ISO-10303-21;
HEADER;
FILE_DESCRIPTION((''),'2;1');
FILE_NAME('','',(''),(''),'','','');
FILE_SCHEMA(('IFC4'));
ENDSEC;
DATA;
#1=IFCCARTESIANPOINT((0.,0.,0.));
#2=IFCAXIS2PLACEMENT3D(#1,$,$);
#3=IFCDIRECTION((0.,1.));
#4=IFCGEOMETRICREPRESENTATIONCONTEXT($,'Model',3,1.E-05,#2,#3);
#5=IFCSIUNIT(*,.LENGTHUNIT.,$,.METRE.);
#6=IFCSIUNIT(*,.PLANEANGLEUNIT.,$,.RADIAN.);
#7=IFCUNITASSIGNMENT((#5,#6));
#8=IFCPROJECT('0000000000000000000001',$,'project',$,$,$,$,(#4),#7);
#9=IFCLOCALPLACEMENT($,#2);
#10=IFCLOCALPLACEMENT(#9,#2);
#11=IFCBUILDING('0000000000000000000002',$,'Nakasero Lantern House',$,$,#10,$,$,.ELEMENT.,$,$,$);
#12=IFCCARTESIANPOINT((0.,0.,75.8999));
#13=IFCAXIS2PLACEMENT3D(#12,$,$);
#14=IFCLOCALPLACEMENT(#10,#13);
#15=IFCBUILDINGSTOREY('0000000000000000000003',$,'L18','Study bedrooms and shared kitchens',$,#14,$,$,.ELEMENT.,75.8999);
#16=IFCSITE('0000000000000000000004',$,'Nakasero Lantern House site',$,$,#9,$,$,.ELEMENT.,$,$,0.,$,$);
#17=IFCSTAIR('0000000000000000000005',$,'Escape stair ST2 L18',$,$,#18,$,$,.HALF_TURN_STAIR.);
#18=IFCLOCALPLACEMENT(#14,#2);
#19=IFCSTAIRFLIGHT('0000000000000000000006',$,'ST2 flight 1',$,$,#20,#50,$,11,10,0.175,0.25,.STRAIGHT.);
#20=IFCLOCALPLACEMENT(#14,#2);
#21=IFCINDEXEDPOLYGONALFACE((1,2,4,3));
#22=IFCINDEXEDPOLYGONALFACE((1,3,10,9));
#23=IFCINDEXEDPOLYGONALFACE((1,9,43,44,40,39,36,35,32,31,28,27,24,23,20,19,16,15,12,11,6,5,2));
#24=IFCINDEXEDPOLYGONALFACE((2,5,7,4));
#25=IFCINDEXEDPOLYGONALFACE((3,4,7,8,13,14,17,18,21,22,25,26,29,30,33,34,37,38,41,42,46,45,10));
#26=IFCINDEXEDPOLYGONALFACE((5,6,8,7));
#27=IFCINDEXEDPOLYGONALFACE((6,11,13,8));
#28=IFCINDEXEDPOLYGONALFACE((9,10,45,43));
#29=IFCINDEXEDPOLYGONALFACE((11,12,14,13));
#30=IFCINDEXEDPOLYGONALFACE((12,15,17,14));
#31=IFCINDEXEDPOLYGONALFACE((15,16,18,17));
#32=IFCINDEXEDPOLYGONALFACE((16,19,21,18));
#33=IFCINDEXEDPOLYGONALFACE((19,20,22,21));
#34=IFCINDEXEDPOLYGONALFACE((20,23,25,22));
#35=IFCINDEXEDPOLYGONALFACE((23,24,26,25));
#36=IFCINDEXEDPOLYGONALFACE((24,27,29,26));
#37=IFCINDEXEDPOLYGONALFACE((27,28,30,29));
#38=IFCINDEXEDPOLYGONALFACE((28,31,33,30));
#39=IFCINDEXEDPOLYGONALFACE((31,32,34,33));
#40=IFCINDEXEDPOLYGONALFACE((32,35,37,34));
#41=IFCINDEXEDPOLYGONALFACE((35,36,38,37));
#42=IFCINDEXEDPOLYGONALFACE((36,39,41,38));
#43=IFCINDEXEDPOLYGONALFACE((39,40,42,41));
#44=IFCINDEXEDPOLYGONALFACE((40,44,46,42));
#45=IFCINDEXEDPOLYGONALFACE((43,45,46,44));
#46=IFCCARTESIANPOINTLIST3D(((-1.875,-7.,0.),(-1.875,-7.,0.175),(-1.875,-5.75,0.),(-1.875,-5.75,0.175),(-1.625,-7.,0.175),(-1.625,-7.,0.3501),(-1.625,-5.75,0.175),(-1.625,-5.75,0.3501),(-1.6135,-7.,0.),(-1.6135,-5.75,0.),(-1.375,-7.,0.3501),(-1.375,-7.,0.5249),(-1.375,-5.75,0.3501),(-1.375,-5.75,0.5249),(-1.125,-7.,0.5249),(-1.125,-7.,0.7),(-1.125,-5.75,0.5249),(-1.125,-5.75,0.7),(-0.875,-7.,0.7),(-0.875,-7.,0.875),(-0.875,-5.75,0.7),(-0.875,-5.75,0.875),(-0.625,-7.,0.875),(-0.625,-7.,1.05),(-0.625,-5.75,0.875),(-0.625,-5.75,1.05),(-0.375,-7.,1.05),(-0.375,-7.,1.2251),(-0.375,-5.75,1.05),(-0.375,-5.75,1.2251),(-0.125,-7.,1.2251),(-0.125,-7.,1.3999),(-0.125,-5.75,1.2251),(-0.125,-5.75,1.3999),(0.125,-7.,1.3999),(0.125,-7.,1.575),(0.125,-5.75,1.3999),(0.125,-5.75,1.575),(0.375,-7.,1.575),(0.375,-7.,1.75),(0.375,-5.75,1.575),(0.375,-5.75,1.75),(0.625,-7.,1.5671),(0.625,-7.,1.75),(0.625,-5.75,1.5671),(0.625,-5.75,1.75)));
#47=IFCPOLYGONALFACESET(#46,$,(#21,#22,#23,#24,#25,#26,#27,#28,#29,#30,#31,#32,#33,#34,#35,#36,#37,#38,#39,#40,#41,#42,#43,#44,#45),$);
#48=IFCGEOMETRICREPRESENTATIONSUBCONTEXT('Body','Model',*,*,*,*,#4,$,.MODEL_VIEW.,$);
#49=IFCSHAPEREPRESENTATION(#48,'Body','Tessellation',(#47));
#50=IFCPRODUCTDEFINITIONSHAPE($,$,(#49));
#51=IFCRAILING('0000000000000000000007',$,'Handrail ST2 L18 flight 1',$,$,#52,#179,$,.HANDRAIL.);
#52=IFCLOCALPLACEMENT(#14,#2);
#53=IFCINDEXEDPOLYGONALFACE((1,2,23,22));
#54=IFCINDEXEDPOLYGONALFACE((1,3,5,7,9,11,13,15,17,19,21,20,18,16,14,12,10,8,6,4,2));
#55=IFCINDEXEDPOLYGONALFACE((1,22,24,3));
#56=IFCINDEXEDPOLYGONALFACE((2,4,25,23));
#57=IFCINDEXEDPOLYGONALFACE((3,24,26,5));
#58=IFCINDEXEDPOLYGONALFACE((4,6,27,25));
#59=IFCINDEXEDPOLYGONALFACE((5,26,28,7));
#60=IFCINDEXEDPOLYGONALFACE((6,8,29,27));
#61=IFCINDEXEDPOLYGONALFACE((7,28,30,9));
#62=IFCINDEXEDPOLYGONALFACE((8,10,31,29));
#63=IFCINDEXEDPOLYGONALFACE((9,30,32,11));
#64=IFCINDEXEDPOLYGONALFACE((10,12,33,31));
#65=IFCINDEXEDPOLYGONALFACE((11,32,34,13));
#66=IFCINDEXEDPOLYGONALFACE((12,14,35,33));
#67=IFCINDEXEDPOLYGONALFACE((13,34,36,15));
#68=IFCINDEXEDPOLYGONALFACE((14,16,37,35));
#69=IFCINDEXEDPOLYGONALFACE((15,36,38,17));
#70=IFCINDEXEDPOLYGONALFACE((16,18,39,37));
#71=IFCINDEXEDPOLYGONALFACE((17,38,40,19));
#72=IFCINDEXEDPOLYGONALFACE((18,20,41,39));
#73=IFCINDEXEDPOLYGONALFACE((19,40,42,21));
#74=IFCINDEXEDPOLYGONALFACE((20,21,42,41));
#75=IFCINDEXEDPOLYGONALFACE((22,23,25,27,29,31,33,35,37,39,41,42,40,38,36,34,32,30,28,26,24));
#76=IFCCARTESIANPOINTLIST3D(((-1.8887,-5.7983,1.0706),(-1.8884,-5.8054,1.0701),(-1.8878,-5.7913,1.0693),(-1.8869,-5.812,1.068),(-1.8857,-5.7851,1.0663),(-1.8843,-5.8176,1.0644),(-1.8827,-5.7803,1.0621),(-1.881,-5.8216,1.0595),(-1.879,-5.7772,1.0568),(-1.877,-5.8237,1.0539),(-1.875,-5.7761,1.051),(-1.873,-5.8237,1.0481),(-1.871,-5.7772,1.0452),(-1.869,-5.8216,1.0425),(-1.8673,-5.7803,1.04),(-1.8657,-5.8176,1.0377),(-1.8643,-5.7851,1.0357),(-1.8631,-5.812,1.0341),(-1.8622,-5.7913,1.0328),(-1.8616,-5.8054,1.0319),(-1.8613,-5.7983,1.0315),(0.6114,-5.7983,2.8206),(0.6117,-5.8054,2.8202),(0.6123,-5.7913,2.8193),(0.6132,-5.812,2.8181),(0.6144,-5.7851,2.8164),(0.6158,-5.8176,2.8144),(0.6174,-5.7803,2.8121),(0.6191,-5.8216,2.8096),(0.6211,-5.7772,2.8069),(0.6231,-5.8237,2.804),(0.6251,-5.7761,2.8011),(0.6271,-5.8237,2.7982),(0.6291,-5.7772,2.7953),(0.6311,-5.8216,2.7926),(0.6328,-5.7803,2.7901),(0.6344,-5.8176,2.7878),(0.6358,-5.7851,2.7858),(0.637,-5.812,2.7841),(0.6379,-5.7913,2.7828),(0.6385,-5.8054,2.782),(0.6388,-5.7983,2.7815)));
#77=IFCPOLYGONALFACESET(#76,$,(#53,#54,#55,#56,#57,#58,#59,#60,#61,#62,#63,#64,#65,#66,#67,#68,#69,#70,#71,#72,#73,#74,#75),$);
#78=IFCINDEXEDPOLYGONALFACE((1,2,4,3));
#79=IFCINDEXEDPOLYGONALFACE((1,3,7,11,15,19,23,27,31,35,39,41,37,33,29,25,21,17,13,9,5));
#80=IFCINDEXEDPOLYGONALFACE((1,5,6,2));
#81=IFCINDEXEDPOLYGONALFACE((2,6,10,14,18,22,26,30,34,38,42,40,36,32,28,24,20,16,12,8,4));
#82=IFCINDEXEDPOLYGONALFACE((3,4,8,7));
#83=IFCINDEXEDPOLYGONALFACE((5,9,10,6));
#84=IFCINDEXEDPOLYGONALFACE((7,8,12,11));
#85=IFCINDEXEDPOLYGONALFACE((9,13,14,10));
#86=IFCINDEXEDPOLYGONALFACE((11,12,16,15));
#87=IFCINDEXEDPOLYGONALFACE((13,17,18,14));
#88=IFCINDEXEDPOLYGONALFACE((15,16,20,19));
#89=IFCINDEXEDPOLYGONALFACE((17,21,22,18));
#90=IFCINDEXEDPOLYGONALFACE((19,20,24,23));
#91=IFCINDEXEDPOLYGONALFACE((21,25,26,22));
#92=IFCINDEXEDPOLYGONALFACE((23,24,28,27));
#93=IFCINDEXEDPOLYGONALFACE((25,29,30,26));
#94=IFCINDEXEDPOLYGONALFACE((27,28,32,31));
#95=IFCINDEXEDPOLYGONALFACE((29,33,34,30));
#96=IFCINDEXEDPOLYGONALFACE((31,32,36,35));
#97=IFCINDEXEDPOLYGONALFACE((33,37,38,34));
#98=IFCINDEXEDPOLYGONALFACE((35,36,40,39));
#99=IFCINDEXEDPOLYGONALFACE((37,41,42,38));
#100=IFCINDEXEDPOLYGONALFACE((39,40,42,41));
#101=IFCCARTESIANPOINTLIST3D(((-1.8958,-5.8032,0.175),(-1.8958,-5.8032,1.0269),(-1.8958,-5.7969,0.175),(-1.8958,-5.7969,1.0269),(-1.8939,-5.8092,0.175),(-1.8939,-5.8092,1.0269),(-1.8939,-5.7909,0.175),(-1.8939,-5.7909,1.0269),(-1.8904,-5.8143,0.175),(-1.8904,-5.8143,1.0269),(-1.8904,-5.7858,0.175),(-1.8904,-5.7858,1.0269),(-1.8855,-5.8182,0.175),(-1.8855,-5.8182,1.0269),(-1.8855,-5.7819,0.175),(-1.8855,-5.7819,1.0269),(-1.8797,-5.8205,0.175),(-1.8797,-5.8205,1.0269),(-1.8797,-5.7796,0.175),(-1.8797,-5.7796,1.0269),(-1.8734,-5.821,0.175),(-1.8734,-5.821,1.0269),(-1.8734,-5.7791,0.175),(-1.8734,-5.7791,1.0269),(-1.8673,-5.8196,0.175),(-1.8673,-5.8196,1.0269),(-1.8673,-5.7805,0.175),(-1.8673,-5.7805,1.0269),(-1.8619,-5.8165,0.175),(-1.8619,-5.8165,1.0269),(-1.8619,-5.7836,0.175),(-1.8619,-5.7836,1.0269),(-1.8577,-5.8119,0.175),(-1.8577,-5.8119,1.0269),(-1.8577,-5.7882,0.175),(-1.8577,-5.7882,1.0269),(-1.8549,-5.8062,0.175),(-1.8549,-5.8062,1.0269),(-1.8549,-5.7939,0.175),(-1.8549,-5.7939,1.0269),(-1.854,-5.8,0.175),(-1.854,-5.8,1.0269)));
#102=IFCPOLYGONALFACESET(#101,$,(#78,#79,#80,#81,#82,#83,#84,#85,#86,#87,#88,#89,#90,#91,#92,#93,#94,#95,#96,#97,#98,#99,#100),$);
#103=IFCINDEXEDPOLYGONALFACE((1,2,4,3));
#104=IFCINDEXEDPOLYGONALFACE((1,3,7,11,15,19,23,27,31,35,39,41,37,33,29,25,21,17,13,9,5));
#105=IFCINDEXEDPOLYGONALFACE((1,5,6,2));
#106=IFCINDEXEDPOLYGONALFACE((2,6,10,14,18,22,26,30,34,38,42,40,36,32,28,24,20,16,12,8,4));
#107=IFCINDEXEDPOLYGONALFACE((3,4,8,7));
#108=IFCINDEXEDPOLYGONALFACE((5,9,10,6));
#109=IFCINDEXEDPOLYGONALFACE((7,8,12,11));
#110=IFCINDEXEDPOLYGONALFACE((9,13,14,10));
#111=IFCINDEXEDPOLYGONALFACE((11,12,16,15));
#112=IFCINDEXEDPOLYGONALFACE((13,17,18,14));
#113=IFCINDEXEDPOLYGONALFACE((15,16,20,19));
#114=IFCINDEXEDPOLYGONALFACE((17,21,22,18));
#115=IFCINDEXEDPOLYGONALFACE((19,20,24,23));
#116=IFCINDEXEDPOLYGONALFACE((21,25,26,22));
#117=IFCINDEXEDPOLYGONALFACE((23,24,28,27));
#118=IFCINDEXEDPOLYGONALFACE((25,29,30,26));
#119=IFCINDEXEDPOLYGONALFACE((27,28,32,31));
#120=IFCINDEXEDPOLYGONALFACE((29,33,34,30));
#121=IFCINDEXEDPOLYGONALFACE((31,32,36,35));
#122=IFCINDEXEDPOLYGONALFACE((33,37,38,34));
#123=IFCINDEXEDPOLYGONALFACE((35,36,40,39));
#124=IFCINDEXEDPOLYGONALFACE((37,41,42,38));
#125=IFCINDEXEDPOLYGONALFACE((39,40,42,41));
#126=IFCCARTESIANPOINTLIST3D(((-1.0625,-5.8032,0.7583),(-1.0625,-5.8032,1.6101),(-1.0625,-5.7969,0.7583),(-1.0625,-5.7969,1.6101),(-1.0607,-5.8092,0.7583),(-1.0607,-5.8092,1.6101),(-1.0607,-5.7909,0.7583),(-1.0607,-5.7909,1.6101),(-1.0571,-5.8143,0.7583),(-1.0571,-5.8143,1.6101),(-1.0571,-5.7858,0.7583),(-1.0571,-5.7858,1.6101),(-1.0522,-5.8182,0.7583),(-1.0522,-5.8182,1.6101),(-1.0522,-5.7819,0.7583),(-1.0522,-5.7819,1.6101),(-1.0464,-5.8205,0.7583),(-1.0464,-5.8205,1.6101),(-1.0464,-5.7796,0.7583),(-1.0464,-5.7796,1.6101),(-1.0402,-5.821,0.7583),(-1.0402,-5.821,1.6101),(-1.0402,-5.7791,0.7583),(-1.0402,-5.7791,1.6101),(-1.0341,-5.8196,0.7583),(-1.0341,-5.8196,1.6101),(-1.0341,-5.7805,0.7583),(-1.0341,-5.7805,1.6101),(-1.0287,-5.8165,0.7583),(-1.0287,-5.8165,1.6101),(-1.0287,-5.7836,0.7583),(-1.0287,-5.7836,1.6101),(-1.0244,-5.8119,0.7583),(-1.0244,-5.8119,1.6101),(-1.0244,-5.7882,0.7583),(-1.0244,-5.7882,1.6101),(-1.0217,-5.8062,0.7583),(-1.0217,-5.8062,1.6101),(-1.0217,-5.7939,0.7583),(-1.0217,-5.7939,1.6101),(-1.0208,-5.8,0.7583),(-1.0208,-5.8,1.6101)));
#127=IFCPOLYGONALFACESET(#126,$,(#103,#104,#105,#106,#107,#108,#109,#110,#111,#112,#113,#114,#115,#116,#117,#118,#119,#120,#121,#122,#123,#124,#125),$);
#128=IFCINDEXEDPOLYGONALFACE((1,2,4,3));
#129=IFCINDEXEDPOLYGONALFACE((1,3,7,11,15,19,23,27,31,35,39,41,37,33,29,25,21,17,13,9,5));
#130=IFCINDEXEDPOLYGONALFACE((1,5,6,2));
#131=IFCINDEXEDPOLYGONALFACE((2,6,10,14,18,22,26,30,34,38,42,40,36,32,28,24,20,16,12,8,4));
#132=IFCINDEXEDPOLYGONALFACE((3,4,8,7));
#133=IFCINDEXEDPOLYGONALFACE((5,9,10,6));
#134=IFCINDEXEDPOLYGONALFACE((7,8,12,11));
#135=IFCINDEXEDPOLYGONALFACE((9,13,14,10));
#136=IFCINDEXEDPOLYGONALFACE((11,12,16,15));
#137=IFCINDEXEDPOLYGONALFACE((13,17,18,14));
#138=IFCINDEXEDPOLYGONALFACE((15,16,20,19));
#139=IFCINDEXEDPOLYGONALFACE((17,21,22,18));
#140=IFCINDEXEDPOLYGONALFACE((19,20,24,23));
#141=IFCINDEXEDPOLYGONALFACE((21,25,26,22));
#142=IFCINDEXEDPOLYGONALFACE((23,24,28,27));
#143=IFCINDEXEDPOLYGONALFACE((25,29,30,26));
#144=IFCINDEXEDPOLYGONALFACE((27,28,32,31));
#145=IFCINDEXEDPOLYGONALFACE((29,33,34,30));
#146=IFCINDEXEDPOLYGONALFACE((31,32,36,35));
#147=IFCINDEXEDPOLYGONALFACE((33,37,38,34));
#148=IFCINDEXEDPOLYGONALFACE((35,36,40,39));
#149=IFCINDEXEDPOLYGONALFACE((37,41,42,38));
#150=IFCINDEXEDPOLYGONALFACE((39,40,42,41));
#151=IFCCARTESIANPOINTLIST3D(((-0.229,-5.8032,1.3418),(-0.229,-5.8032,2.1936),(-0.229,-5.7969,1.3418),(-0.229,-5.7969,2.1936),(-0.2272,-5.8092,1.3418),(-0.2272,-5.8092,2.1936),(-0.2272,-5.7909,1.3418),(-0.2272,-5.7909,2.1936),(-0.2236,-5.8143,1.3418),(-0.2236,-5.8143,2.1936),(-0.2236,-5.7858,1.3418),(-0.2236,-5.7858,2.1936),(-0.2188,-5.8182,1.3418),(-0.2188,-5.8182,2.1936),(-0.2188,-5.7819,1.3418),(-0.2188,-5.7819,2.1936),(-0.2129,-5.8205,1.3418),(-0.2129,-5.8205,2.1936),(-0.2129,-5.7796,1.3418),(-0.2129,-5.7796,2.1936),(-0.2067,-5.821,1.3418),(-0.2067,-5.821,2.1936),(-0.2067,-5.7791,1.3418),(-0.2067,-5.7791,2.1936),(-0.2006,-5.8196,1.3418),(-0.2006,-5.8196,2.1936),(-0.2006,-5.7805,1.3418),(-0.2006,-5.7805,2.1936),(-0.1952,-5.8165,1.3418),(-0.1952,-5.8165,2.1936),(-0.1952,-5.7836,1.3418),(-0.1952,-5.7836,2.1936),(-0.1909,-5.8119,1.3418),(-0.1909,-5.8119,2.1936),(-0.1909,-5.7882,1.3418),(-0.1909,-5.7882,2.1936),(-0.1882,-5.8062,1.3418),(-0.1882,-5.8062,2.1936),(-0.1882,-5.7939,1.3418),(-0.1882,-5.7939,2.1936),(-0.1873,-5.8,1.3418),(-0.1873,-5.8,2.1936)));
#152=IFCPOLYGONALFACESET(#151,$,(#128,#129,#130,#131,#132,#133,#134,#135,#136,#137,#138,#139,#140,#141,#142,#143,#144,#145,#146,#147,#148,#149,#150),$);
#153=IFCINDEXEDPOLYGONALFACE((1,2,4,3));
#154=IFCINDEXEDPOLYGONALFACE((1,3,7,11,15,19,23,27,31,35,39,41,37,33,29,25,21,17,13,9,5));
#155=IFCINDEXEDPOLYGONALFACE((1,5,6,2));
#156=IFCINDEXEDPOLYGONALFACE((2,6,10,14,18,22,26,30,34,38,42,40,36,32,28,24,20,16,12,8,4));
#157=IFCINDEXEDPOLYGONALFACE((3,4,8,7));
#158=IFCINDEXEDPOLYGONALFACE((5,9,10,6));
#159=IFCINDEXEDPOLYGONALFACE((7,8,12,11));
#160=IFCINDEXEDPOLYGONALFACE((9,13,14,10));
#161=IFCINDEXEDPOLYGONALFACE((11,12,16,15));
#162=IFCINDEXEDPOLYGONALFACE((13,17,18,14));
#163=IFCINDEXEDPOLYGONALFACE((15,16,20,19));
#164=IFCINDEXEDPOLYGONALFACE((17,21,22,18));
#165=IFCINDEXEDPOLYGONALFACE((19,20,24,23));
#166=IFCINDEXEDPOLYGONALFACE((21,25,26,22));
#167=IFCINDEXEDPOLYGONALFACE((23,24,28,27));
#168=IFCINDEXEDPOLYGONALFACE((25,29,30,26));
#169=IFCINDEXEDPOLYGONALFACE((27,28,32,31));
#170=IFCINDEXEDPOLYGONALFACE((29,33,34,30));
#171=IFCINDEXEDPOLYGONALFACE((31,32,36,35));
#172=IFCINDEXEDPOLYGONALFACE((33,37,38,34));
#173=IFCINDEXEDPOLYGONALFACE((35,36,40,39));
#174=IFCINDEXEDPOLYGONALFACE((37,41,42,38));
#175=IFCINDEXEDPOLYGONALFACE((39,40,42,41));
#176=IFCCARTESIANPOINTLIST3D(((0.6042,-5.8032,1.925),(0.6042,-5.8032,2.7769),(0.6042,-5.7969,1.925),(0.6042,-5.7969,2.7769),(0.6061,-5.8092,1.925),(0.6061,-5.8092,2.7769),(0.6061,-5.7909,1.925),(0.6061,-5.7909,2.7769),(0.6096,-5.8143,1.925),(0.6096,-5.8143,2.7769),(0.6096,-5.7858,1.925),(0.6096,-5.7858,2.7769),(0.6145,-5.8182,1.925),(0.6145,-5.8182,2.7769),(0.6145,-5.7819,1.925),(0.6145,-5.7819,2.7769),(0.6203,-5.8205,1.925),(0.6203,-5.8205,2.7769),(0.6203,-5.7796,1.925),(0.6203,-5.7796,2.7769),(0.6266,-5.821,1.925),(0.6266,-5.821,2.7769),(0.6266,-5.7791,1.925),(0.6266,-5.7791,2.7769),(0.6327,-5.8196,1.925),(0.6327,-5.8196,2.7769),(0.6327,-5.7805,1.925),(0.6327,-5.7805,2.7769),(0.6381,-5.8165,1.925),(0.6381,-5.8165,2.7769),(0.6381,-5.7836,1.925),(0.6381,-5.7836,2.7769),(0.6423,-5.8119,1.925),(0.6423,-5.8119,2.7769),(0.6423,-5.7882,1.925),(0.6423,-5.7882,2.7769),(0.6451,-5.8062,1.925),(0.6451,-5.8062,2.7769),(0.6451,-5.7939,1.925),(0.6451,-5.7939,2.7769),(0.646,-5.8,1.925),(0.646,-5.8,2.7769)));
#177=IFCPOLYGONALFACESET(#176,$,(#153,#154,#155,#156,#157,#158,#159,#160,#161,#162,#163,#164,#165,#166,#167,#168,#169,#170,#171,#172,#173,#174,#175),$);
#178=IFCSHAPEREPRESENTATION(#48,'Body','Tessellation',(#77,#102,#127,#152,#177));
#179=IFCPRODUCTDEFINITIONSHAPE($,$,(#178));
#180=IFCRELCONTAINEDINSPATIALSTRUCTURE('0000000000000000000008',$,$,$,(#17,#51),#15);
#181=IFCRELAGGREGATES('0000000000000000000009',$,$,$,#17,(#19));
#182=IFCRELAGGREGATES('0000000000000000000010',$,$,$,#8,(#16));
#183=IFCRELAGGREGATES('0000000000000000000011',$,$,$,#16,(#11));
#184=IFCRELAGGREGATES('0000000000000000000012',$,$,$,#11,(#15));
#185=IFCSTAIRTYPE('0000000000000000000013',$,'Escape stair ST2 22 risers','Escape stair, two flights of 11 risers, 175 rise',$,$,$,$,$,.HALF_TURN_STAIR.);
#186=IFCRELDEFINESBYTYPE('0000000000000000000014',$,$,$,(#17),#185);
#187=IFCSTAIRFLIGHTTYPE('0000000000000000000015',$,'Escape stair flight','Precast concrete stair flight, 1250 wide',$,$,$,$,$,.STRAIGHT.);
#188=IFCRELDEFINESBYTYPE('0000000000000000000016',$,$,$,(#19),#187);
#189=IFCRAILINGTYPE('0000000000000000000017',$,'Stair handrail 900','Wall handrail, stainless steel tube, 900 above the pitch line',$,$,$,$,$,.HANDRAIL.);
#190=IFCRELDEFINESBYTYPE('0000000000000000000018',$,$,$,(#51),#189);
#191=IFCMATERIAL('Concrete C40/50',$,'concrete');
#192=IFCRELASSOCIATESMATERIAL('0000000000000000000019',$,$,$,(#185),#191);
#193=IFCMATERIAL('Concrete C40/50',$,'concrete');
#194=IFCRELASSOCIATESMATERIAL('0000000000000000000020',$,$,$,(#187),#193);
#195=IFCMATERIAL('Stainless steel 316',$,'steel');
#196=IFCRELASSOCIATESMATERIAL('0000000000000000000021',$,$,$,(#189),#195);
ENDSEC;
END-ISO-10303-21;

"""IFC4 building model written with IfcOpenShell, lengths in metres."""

from ifc_helpers import new_model, si_unit, direction, frame, origin, origin_2d, place, context, subcontext, project, spatial, polyline, circle, outline, extrude, material, type_object, element, aggregate, save


model = new_model("IFC4")

# Units and contexts
model_context = context("Model", 3, precision=1e-05, world=origin(), true_north=direction((0.0, 1.0)))
body_context = subcontext(model_context, "Body", "Model", "MODEL_VIEW")
ifc_project = project(units=[si_unit("LENGTHUNIT", "METRE"), si_unit("PLANEANGLEUNIT", "RADIAN")], contexts=[model_context])

# Site, building, storey
site_placement = place(None, origin())
site = spatial("IfcSite", under=ifc_project, at=site_placement, Name="Nakasero Lantern House site", CompositionType="ELEMENT", RefElevation=0.0)
building_placement = place(site_placement, origin())
building = spatial("IfcBuilding", under=site, at=building_placement, Name="Nakasero Lantern House", CompositionType="ELEMENT")
storey_placement = place(building_placement, frame((0.0, 0.0, 75.8999)))
storey = spatial("IfcBuildingStorey", under=building, at=storey_placement, Name="L18", Description="Study bedrooms and shared kitchens", CompositionType="ELEMENT", Elevation=75.8999)

# Stair, stair flight
ifc_material_1 = material(Name="Concrete C40/50", Category="concrete")
stair_type = type_object("IfcStairType", Name="Escape stair ST2 22 risers", Description="Escape stair, two flights of 11 risers, 175 rise", PredefinedType="HALF_TURN_STAIR", material=ifc_material_1)
stair_placement = place(storey_placement, origin())
stair = element("IfcStair", 1, at=stair_placement, inside=storey, type_object=stair_type, Name="Escape stair ST2 L18", PredefinedType="HALF_TURN_STAIR")
ifc_material_2 = material(Name="Concrete C40/50", Category="concrete")
stair_flight_type = type_object("IfcStairFlightType", Name="Escape stair flight", Description="Precast concrete stair flight, 1250 wide", PredefinedType="STRAIGHT", material=ifc_material_2)
stair_flight_placement = place(storey_placement, frame((-1.875, -6.375, 0.0), z_axis=(0.0, 0.0, 1.0), x_axis=(1.0, 0.0, 0.0)))
stair_flight = element("IfcStairFlight", 2, at=stair_flight_placement, type_object=stair_flight_type, Name="ST2 flight 1", NumberOfRisers=11, NumberOfTreads=10, PredefinedType="STRAIGHT", RiserHeight=0.175, TreadLength=0.25, context=body_context, shape_type="SweptSolid", body=[
    extrude(outline(polyline([(0.0, 0.0), (0.0, 0.175), (0.25, 0.175), (0.25, 0.3501), (0.5, 0.3501), (0.5, 0.5249), (0.75, 0.5249), (0.75, 0.7), (1.0, 0.7), (1.0, 0.875), (1.25, 0.875), (1.25, 1.05), (1.5, 1.05), (1.5, 1.2251), (1.75, 1.2251), (1.75, 1.3999), (2.0, 1.3999), (2.0, 1.575), (2.25, 1.575), (2.25, 1.75), (2.5, 1.75), (2.5, 1.925), (2.5, 1.5671), (0.2615, 0.0), (0.0, 0.0)])), frame((0.0, 0.625, 0.0), z_axis=(0.0, -1.0, 0.0), x_axis=(1.0, 0.0, 0.0)), (0.0, 0.0, 1.0), 1.25),
])
aggregate(stair, [stair_flight])

# Railing
ifc_material_3 = material(Name="Stainless steel 316", Category="steel")
railing_type = type_object("IfcRailingType", Name="Stair handrail 900", Description="Wall handrail, stainless steel tube, 900 above the pitch line", PredefinedType="HANDRAIL", material=ifc_material_3)
railing_placement = place(storey_placement, frame((-1.875, -5.8, 0.175)))
element("IfcRailing", 3, at=railing_placement, inside=storey, type_object=railing_type, Name="Handrail ST2 L18 flight 1", PredefinedType="HANDRAIL", context=body_context, shape_type="SweptSolid", body=[
    extrude(circle(Radius=0.0239, at=origin_2d()), frame((0.0, 0.0, 0.876), z_axis=(0.819232, 0.0, 0.573462), x_axis=(0.0, 1.0, 0.0)), (0.0, 0.0, 1.0), 3.0518),
    extrude(circle(Radius=0.021, at=origin_2d()), origin(), (0.0, 0.0, 1.0), 0.8518),
    extrude(circle(Radius=0.021, at=origin_2d()), frame((0.8333, 0.0, 0.5833)), (0.0, 0.0, 1.0), 0.8518),
    extrude(circle(Radius=0.021, at=origin_2d()), frame((1.6667, 0.0, 1.1667)), (0.0, 0.0, 1.0), 0.8518),
    extrude(circle(Radius=0.021, at=origin_2d()), frame((2.5, 0.0, 1.75)), (0.0, 0.0, 1.0), 0.8518),
])

save(model, "model.ifc")
